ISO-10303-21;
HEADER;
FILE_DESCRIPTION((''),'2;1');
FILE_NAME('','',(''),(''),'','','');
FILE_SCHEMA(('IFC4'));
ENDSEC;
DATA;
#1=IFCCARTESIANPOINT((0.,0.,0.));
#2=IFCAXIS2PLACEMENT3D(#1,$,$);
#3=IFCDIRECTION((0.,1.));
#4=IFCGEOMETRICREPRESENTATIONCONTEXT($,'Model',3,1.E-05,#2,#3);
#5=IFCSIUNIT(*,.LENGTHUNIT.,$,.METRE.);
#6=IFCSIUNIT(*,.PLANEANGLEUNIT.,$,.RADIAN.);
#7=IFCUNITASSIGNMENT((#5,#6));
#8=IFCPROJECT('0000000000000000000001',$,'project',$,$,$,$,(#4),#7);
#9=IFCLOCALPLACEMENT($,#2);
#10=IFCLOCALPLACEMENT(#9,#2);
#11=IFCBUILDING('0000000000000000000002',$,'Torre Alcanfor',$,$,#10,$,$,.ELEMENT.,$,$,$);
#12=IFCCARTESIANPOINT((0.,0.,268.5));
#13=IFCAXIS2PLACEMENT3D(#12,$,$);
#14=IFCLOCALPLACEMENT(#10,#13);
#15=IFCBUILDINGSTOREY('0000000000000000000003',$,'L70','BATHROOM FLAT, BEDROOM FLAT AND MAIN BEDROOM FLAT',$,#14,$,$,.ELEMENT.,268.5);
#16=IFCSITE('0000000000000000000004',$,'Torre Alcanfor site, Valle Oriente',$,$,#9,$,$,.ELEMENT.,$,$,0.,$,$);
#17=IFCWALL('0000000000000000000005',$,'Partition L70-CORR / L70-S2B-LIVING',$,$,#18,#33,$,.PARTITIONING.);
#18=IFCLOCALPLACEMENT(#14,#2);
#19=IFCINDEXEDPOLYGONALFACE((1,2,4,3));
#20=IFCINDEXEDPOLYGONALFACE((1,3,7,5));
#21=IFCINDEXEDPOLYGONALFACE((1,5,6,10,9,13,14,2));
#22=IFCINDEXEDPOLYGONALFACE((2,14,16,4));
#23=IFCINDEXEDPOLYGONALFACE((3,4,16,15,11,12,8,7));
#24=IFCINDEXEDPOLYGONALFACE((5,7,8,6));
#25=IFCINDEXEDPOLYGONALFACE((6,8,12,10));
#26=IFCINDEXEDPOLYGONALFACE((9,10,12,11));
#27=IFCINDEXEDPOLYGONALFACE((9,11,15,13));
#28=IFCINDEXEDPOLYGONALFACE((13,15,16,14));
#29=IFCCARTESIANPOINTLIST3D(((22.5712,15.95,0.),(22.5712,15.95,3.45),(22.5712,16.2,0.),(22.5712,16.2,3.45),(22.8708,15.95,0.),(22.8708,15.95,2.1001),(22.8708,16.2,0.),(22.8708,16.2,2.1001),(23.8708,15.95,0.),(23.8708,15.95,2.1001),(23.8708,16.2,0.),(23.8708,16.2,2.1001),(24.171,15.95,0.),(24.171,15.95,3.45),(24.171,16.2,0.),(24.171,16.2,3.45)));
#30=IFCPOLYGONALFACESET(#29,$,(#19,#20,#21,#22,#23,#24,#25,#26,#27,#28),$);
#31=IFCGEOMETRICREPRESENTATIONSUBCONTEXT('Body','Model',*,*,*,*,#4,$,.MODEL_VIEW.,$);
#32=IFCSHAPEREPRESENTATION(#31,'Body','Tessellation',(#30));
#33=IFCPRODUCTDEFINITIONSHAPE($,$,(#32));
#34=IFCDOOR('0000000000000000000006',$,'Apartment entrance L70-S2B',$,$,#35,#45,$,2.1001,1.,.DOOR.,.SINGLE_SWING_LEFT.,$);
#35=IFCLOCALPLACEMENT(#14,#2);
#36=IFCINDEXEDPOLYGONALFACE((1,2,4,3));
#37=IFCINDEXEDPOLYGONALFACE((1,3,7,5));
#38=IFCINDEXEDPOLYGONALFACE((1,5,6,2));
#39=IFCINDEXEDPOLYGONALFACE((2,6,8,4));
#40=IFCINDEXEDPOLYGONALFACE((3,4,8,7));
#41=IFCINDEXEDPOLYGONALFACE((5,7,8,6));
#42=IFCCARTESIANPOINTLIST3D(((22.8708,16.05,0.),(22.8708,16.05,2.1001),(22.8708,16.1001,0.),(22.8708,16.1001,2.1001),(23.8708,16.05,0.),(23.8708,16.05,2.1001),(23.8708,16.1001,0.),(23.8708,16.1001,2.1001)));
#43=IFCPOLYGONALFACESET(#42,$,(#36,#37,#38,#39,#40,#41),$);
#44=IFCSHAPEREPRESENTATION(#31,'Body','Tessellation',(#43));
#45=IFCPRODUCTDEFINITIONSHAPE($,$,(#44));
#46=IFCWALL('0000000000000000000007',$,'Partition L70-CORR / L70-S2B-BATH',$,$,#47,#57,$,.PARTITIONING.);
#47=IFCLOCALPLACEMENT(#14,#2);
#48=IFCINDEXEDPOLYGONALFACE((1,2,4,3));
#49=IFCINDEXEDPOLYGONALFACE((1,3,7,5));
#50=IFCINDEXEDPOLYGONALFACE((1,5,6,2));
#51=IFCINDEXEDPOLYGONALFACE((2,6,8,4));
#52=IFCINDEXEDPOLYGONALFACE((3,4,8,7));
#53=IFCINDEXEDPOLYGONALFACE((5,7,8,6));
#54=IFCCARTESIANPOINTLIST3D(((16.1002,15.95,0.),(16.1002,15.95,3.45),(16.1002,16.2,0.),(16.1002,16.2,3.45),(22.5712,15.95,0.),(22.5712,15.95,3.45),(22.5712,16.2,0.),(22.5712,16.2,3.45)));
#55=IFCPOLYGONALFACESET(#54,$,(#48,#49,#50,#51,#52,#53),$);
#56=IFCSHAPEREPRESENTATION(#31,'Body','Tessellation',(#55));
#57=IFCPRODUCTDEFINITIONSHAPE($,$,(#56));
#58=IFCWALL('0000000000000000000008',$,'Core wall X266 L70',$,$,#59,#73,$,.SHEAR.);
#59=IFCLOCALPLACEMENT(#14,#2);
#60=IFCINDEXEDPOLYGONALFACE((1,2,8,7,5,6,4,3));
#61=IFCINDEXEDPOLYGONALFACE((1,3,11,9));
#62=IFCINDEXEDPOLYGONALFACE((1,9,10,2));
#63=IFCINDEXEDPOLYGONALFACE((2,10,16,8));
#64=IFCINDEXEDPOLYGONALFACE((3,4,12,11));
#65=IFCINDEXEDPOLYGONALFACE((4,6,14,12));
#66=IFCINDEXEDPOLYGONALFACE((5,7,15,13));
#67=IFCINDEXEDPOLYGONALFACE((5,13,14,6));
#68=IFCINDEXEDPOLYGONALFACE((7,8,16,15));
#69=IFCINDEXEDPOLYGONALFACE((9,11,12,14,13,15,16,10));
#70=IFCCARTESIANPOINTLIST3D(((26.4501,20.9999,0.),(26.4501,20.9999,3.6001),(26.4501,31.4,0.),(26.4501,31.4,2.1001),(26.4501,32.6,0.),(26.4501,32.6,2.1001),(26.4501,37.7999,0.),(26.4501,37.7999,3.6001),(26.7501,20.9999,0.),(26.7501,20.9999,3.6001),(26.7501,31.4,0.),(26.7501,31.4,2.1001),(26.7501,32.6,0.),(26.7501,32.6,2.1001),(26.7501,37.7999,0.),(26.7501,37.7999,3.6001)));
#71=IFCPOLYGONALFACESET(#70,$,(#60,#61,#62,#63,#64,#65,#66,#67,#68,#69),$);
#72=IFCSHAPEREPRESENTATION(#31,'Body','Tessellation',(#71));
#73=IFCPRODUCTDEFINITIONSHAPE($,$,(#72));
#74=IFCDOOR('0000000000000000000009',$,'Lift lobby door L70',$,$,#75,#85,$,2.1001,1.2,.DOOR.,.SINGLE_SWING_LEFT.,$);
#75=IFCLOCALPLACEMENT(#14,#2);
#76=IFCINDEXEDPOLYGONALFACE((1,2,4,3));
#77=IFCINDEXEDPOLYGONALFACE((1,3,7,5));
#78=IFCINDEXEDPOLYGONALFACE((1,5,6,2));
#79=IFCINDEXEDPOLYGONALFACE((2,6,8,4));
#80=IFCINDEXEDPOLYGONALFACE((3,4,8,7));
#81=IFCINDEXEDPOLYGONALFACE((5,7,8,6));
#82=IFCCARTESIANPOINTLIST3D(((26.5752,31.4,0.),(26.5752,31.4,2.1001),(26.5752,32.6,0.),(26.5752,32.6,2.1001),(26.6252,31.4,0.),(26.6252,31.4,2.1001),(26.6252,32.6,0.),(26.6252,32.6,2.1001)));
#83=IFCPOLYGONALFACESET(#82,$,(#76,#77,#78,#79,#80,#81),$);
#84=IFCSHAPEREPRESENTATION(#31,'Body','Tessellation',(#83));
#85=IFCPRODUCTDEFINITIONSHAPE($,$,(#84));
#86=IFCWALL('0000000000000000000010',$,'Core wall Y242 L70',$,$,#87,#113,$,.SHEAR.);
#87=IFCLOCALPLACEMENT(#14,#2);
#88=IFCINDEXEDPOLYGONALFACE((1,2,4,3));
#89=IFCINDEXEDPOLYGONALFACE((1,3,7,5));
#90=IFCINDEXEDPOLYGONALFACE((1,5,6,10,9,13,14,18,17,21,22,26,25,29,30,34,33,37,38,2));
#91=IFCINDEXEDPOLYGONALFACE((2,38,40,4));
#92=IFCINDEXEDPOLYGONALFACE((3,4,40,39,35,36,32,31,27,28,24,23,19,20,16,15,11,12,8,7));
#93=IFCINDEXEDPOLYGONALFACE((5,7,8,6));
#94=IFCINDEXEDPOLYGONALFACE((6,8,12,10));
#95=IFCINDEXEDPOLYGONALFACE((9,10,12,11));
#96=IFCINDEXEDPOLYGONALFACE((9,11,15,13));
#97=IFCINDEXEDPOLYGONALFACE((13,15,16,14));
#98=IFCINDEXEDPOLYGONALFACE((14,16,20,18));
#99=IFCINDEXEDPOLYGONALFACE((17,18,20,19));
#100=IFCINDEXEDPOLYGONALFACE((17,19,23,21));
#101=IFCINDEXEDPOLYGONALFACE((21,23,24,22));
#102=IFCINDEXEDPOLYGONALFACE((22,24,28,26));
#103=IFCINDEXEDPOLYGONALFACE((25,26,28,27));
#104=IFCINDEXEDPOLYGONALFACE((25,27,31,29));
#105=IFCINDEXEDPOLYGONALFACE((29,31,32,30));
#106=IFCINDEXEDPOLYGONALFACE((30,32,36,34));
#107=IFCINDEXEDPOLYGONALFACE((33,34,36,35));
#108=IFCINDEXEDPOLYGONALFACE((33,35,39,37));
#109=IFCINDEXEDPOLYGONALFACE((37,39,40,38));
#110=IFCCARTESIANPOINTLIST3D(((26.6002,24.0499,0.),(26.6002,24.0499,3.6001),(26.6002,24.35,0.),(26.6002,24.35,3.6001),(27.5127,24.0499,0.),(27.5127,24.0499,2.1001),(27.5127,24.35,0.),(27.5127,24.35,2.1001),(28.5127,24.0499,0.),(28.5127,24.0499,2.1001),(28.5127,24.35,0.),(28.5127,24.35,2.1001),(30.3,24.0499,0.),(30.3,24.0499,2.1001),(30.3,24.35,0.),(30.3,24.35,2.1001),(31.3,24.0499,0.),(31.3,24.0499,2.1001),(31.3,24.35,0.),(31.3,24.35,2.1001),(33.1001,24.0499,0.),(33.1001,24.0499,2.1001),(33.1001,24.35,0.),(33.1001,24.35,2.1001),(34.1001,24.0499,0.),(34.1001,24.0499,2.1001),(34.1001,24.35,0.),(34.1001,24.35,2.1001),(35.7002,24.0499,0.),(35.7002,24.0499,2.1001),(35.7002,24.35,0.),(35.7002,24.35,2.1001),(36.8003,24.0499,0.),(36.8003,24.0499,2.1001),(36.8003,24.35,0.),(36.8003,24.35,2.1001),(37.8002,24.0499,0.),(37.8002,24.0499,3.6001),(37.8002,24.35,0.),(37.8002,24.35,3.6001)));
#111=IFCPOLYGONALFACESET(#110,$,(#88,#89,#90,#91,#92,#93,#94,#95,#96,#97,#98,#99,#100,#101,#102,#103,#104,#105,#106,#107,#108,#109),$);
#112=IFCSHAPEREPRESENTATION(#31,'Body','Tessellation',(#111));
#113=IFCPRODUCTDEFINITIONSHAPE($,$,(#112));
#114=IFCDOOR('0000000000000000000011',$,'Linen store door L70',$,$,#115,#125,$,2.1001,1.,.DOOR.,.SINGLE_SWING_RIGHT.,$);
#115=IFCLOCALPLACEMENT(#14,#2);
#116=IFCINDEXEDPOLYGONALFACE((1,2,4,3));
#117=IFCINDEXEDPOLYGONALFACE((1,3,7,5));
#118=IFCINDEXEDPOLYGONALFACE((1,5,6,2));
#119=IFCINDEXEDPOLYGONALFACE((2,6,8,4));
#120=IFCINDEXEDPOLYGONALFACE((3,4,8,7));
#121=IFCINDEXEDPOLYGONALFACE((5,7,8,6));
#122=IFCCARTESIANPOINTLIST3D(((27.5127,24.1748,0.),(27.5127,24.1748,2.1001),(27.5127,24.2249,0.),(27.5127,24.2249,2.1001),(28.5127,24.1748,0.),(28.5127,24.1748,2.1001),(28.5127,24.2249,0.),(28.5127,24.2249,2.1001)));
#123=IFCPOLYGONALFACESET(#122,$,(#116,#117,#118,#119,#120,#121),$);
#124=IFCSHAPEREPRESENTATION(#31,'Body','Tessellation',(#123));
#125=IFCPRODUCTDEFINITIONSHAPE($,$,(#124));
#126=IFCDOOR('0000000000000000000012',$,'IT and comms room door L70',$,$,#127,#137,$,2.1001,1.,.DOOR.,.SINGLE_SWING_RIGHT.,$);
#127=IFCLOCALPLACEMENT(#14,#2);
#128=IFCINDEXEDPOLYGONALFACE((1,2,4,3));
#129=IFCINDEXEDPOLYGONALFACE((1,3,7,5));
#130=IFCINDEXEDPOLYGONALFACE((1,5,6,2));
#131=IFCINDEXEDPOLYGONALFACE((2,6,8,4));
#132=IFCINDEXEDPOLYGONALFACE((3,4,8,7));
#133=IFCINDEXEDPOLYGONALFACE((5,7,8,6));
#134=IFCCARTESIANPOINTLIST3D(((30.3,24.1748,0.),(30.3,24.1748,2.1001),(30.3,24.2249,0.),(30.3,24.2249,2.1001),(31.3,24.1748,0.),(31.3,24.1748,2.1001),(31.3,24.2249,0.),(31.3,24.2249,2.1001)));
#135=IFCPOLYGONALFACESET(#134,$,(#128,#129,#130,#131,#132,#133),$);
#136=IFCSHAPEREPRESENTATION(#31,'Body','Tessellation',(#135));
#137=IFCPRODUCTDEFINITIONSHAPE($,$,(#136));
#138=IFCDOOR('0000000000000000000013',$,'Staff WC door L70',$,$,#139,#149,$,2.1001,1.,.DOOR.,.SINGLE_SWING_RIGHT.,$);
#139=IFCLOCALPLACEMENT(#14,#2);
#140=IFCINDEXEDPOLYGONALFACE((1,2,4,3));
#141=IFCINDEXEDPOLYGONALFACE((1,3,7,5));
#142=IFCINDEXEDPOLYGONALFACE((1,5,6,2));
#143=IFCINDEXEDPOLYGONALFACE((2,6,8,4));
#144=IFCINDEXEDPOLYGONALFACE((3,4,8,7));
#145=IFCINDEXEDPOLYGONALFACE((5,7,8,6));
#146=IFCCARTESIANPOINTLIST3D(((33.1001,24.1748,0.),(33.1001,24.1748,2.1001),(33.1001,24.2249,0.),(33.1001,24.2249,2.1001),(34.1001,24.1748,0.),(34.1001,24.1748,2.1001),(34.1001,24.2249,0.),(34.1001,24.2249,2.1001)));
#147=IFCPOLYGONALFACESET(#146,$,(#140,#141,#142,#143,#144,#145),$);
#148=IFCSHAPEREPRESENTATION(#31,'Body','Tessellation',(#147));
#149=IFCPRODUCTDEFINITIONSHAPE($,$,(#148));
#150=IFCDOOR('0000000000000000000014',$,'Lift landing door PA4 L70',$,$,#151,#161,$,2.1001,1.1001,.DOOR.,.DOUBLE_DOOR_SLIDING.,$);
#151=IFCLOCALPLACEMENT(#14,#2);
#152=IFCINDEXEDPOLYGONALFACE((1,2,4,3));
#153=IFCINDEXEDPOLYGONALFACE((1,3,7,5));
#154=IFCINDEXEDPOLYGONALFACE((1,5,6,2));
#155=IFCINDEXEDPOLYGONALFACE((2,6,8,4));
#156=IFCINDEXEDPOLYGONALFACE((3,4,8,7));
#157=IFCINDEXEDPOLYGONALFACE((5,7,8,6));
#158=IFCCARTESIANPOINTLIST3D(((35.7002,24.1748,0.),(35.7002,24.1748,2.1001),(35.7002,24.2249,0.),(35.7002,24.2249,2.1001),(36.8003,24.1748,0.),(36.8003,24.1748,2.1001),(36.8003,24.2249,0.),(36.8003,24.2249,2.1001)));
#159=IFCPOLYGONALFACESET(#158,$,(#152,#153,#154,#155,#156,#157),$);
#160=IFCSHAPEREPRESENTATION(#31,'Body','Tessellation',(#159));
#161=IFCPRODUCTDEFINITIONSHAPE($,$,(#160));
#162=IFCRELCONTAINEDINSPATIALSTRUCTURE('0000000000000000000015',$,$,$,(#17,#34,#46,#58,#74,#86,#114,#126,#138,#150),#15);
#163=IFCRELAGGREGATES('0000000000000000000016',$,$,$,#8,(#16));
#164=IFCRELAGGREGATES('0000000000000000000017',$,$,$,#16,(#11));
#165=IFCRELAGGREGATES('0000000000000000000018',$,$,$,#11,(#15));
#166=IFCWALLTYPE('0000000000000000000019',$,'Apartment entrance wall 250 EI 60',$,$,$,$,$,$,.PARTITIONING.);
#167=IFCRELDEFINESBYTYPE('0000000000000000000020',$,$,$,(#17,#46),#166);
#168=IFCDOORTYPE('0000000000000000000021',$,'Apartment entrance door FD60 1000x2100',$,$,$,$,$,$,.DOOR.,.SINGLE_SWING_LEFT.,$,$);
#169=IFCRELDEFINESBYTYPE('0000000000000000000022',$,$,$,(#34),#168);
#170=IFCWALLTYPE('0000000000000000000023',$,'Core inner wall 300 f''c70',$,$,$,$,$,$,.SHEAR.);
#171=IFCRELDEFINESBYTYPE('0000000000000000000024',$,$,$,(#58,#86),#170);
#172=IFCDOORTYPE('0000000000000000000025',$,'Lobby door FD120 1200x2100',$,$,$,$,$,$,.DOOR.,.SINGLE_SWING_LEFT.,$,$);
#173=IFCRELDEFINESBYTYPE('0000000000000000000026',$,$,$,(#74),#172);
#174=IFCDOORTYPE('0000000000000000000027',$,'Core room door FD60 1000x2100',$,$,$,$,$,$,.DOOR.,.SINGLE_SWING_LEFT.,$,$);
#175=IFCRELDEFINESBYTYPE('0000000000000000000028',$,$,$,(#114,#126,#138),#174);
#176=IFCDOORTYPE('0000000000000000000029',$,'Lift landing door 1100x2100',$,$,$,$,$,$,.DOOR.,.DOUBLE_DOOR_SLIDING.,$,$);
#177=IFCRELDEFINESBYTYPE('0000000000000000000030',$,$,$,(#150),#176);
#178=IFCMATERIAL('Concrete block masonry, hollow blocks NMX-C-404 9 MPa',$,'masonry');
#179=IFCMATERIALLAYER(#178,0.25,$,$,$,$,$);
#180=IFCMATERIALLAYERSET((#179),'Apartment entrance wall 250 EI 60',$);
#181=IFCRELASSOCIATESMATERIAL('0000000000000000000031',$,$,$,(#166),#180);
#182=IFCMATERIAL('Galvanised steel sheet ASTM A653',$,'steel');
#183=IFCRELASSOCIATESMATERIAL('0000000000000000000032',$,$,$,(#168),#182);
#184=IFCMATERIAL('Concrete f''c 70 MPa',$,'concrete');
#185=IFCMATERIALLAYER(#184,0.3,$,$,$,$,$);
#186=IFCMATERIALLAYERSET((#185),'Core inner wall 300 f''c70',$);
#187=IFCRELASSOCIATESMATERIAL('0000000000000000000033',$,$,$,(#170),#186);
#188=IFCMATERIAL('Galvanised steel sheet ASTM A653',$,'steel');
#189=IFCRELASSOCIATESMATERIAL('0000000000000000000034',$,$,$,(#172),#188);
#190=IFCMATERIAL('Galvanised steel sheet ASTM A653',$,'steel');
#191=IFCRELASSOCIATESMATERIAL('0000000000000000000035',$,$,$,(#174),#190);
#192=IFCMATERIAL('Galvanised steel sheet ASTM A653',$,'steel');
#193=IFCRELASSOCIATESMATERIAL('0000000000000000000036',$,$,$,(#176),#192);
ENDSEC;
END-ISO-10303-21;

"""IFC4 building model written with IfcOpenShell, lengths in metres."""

from ifc_helpers import new_model, si_unit, direction, frame, frame_2d, origin, place, context, subcontext, project, spatial, rectangle, extrude, material, layer, layer_set, type_object, element, fill, save


model = new_model("IFC4")

# Units and contexts
model_context = context("Model", 3, precision=1e-05, world=origin(), true_north=direction((0.0, 1.0)))
body_context = subcontext(model_context, "Body", "Model", "MODEL_VIEW")
ifc_project = project(units=[si_unit("LENGTHUNIT", "METRE"), si_unit("PLANEANGLEUNIT", "RADIAN")], contexts=[model_context])

# Site, building, storey
site_placement = place(None, origin())
site = spatial("IfcSite", under=ifc_project, at=site_placement, Name="Torre Alcanfor site, Valle Oriente", CompositionType="ELEMENT", RefElevation=0.0)
building_placement = place(site_placement, origin())
building = spatial("IfcBuilding", under=site, at=building_placement, Name="Torre Alcanfor", CompositionType="ELEMENT")
storey_placement = place(building_placement, frame((0.0, 0.0, 268.5)))
storey = spatial("IfcBuildingStorey", under=building, at=storey_placement, Name="L70", Description="BATHROOM FLAT, BEDROOM FLAT AND MAIN BEDROOM FLAT", CompositionType="ELEMENT", Elevation=268.5)

# Shared definitions
ifc_material_1 = material(Name="Concrete block masonry, hollow blocks NMX-C-404 9 MPa", Category="masonry")
ifc_layer_1 = layer(ifc_material_1, 0.25)
ifc_layer_set_1 = layer_set([ifc_layer_1], Name="Apartment entrance wall 250 EI 60")
wall_type_1 = type_object("IfcWallType", Name="Apartment entrance wall 250 EI 60", PredefinedType="PARTITIONING", material=ifc_layer_set_1)

# Wall, opening, door
wall_1_placement = place(storey_placement, frame((24.1709, 16.075, 0.0), z_axis=(0.0, 0.0, 1.0), x_axis=(-1.0, 0.0, 0.0)))
wall_1 = element("IfcWall", 1, at=wall_1_placement, inside=storey, type_object=wall_type_1, Name="Partition L70-CORR / L70-S2B-LIVING", PredefinedType="PARTITIONING", context=body_context, shape_type="SweptSolid", body=[
    extrude(rectangle(XDim=1.5999, YDim=0.25, at=frame_2d((0.7998, 0.0))), origin(), (0.0, 0.0, 1.0), 3.45),
])
opening_1_placement = place(wall_1_placement, frame((0.3, 0.0, 0.0)))
opening_1 = element("IfcOpeningElement", 2, at=opening_1_placement, cuts=wall_1, PredefinedType="OPENING", context=body_context, shape_type="SweptSolid", body=[
    extrude(rectangle(XDim=1.0, YDim=2.1001, at=frame_2d((0.5, 1.05))), frame((0.0, 0.135, 0.0), z_axis=(0.0, -1.0, 0.0), x_axis=(1.0, 0.0, 0.0)), (0.0, 0.0, 1.0), 0.27),
])
ifc_material_2 = material(Name="Galvanised steel sheet ASTM A653", Category="steel")
door_type_1 = type_object("IfcDoorType", Name="Apartment entrance door FD60 1000x2100", OperationType="SINGLE_SWING_LEFT", PredefinedType="DOOR", material=ifc_material_2)
door_1_placement = place(opening_1_placement, origin())
door_1 = element("IfcDoor", 3, at=door_1_placement, inside=storey, type_object=door_type_1, Name="Apartment entrance L70-S2B", OperationType="SINGLE_SWING_LEFT", OverallHeight=2.1001, OverallWidth=1.0, PredefinedType="DOOR", context=body_context, shape_type="SweptSolid", body=[
    extrude(rectangle(XDim=1.0, YDim=2.1001, at=frame_2d((0.5, 1.05))), frame((0.0, 0.0249, 0.0), z_axis=(0.0, -1.0, 0.0), x_axis=(1.0, 0.0, 0.0)), (0.0, 0.0, 1.0), 0.05),
])
fill(opening_1, door_1)

# Wall
wall_2_placement = place(storey_placement, frame((22.571, 16.075, 0.0), z_axis=(0.0, 0.0, 1.0), x_axis=(-1.0, 0.0, 0.0)))
element("IfcWall", 4, at=wall_2_placement, inside=storey, type_object=wall_type_1, Name="Partition L70-CORR / L70-S2B-BATH", PredefinedType="PARTITIONING", context=body_context, shape_type="SweptSolid", body=[
    extrude(rectangle(XDim=6.4709, YDim=0.25, at=frame_2d((3.2354, 0.0))), origin(), (0.0, 0.0, 1.0), 3.45),
])

# Wall, opening, door
ifc_material_3 = material(Name="Concrete f'c 70 MPa", Category="concrete")
ifc_layer_2 = layer(ifc_material_3, 0.3)
ifc_layer_set_2 = layer_set([ifc_layer_2], Name="Core inner wall 300 f'c70")
wall_type_2 = type_object("IfcWallType", Name="Core inner wall 300 f'c70", PredefinedType="SHEAR", material=ifc_layer_set_2)
wall_3_placement = place(storey_placement, frame((26.6001, 21.0, 0.0), z_axis=(0.0, 0.0, 1.0), x_axis=(0.0, 1.0, 0.0)))
wall_3 = element("IfcWall", 5, at=wall_3_placement, inside=storey, type_object=wall_type_2, Name="Core wall X266 L70", PredefinedType="SHEAR", context=body_context, shape_type="SweptSolid", body=[
    extrude(rectangle(XDim=16.8, YDim=0.3, at=frame_2d((8.3999, 0.0))), origin(), (0.0, 0.0, 1.0), 3.6001),
])
opening_2_placement = place(wall_3_placement, frame((10.3999, 0.0, 0.0)))
opening_2 = element("IfcOpeningElement", 6, at=opening_2_placement, cuts=wall_3, PredefinedType="OPENING", context=body_context, shape_type="SweptSolid", body=[
    extrude(rectangle(XDim=1.2, YDim=2.1001, at=frame_2d((0.6001, 1.05))), frame((0.0, 0.1599, 0.0), z_axis=(0.0, -1.0, 0.0), x_axis=(1.0, 0.0, 0.0)), (0.0, 0.0, 1.0), 0.3201),
])
ifc_material_4 = material(Name="Galvanised steel sheet ASTM A653", Category="steel")
door_type_2 = type_object("IfcDoorType", Name="Lobby door FD120 1200x2100", OperationType="SINGLE_SWING_LEFT", PredefinedType="DOOR", material=ifc_material_4)
door_2_placement = place(opening_2_placement, origin())
door_2 = element("IfcDoor", 7, at=door_2_placement, inside=storey, type_object=door_type_2, Name="Lift lobby door L70", OperationType="SINGLE_SWING_LEFT", OverallHeight=2.1001, OverallWidth=1.2, PredefinedType="DOOR", context=body_context, shape_type="SweptSolid", body=[
    extrude(rectangle(XDim=1.2, YDim=2.1001, at=frame_2d((0.6001, 1.05))), frame((0.0, 0.0249, 0.0), z_axis=(0.0, -1.0, 0.0), x_axis=(1.0, 0.0, 0.0)), (0.0, 0.0, 1.0), 0.05),
])
fill(opening_2, door_2)

# Wall, openings, doors
wall_4_placement = place(storey_placement, frame((26.6001, 24.2, 0.0), z_axis=(0.0, 0.0, 1.0), x_axis=(1.0, 0.0, 0.0)))
wall_4 = element("IfcWall", 8, at=wall_4_placement, inside=storey, type_object=wall_type_2, Name="Core wall Y242 L70", PredefinedType="SHEAR", context=body_context, shape_type="SweptSolid", body=[
    extrude(rectangle(XDim=11.2, YDim=0.3, at=frame_2d((5.6001, 0.0))), origin(), (0.0, 0.0, 1.0), 3.6001),
])
opening_3_placement = place(wall_4_placement, frame((0.9126, 0.0, 0.0)))
opening_3 = element("IfcOpeningElement", 9, at=opening_3_placement, cuts=wall_4, PredefinedType="OPENING", context=body_context, shape_type="SweptSolid", body=[
    extrude(rectangle(XDim=1.0, YDim=2.1001, at=frame_2d((0.5, 1.05))), frame((0.0, 0.1599, 0.0), z_axis=(0.0, -1.0, 0.0), x_axis=(1.0, 0.0, 0.0)), (0.0, 0.0, 1.0), 0.3201),
])
opening_4_placement = place(wall_4_placement, frame((3.7, 0.0, 0.0)))
opening_4 = element("IfcOpeningElement", 10, at=opening_4_placement, cuts=wall_4, PredefinedType="OPENING", context=body_context, shape_type="SweptSolid", body=[
    extrude(rectangle(XDim=1.0, YDim=2.1001, at=frame_2d((0.5, 1.05))), frame((0.0, 0.1599, 0.0), z_axis=(0.0, -1.0, 0.0), x_axis=(1.0, 0.0, 0.0)), (0.0, 0.0, 1.0), 0.3201),
])
opening_5_placement = place(wall_4_placement, frame((6.5, 0.0, 0.0)))
opening_5 = element("IfcOpeningElement", 11, at=opening_5_placement, cuts=wall_4, PredefinedType="OPENING", context=body_context, shape_type="SweptSolid", body=[
    extrude(rectangle(XDim=1.0, YDim=2.1001, at=frame_2d((0.5, 1.05))), frame((0.0, 0.1599, 0.0), z_axis=(0.0, -1.0, 0.0), x_axis=(1.0, 0.0, 0.0)), (0.0, 0.0, 1.0), 0.3201),
])
opening_6_placement = place(wall_4_placement, frame((9.1001, 0.0, 0.0)))
opening_6 = element("IfcOpeningElement", 12, at=opening_6_placement, cuts=wall_4, PredefinedType="OPENING", context=body_context, shape_type="SweptSolid", body=[
    extrude(rectangle(XDim=1.1001, YDim=2.1001, at=frame_2d((0.55, 1.05))), frame((0.0, 0.1599, 0.0), z_axis=(0.0, -1.0, 0.0), x_axis=(1.0, 0.0, 0.0)), (0.0, 0.0, 1.0), 0.3201),
])
ifc_material_5 = material(Name="Galvanised steel sheet ASTM A653", Category="steel")
door_type_3 = type_object("IfcDoorType", Name="Core room door FD60 1000x2100", OperationType="SINGLE_SWING_LEFT", PredefinedType="DOOR", material=ifc_material_5)
door_3_placement = place(opening_3_placement, frame((1.0, 0.0, 0.0), z_axis=(0.0, 0.0, 1.0), x_axis=(-1.0, 0.0, 0.0)))
door_3 = element("IfcDoor", 13, at=door_3_placement, inside=storey, type_object=door_type_3, Name="Linen store door L70", OperationType="SINGLE_SWING_RIGHT", OverallHeight=2.1001, OverallWidth=1.0, PredefinedType="DOOR", context=body_context, shape_type="SweptSolid", body=[
    extrude(rectangle(XDim=1.0, YDim=2.1001, at=frame_2d((0.5, 1.05))), frame((0.0, 0.0251, 0.0), z_axis=(0.0, -1.0, 0.0), x_axis=(1.0, 0.0, 0.0)), (0.0, 0.0, 1.0), 0.05),
])
fill(opening_3, door_3)
door_4_placement = place(opening_4_placement, frame((1.0, 0.0, 0.0), z_axis=(0.0, 0.0, 1.0), x_axis=(-1.0, 0.0, 0.0)))
door_4 = element("IfcDoor", 14, at=door_4_placement, inside=storey, type_object=door_type_3, Name="IT and comms room door L70", OperationType="SINGLE_SWING_RIGHT", OverallHeight=2.1001, OverallWidth=1.0, PredefinedType="DOOR", context=body_context, shape_type="SweptSolid", body=[
    extrude(rectangle(XDim=1.0, YDim=2.1001, at=frame_2d((0.5, 1.05))), frame((0.0, 0.0251, 0.0), z_axis=(0.0, -1.0, 0.0), x_axis=(1.0, 0.0, 0.0)), (0.0, 0.0, 1.0), 0.05),
])
fill(opening_4, door_4)
door_5_placement = place(opening_5_placement, frame((1.0, 0.0, 0.0), z_axis=(0.0, 0.0, 1.0), x_axis=(-1.0, 0.0, 0.0)))
door_5 = element("IfcDoor", 15, at=door_5_placement, inside=storey, type_object=door_type_3, Name="Staff WC door L70", OperationType="SINGLE_SWING_RIGHT", OverallHeight=2.1001, OverallWidth=1.0, PredefinedType="DOOR", context=body_context, shape_type="SweptSolid", body=[
    extrude(rectangle(XDim=1.0, YDim=2.1001, at=frame_2d((0.5, 1.05))), frame((0.0, 0.0251, 0.0), z_axis=(0.0, -1.0, 0.0), x_axis=(1.0, 0.0, 0.0)), (0.0, 0.0, 1.0), 0.05),
])
fill(opening_5, door_5)
ifc_material_6 = material(Name="Galvanised steel sheet ASTM A653", Category="steel")
door_type_4 = type_object("IfcDoorType", Name="Lift landing door 1100x2100", OperationType="DOUBLE_DOOR_SLIDING", PredefinedType="DOOR", material=ifc_material_6)
door_6_placement = place(opening_6_placement, origin())
door_6 = element("IfcDoor", 16, at=door_6_placement, inside=storey, type_object=door_type_4, Name="Lift landing door PA4 L70", OperationType="DOUBLE_DOOR_SLIDING", OverallHeight=2.1001, OverallWidth=1.1001, PredefinedType="DOOR", context=body_context, shape_type="SweptSolid", body=[
    extrude(rectangle(XDim=1.1001, YDim=2.1001, at=frame_2d((0.55, 1.05))), frame((0.0, 0.0249, 0.0), z_axis=(0.0, -1.0, 0.0), x_axis=(1.0, 0.0, 0.0)), (0.0, 0.0, 1.0), 0.05),
])
fill(opening_6, door_6)

save(model, "model.ifc")
